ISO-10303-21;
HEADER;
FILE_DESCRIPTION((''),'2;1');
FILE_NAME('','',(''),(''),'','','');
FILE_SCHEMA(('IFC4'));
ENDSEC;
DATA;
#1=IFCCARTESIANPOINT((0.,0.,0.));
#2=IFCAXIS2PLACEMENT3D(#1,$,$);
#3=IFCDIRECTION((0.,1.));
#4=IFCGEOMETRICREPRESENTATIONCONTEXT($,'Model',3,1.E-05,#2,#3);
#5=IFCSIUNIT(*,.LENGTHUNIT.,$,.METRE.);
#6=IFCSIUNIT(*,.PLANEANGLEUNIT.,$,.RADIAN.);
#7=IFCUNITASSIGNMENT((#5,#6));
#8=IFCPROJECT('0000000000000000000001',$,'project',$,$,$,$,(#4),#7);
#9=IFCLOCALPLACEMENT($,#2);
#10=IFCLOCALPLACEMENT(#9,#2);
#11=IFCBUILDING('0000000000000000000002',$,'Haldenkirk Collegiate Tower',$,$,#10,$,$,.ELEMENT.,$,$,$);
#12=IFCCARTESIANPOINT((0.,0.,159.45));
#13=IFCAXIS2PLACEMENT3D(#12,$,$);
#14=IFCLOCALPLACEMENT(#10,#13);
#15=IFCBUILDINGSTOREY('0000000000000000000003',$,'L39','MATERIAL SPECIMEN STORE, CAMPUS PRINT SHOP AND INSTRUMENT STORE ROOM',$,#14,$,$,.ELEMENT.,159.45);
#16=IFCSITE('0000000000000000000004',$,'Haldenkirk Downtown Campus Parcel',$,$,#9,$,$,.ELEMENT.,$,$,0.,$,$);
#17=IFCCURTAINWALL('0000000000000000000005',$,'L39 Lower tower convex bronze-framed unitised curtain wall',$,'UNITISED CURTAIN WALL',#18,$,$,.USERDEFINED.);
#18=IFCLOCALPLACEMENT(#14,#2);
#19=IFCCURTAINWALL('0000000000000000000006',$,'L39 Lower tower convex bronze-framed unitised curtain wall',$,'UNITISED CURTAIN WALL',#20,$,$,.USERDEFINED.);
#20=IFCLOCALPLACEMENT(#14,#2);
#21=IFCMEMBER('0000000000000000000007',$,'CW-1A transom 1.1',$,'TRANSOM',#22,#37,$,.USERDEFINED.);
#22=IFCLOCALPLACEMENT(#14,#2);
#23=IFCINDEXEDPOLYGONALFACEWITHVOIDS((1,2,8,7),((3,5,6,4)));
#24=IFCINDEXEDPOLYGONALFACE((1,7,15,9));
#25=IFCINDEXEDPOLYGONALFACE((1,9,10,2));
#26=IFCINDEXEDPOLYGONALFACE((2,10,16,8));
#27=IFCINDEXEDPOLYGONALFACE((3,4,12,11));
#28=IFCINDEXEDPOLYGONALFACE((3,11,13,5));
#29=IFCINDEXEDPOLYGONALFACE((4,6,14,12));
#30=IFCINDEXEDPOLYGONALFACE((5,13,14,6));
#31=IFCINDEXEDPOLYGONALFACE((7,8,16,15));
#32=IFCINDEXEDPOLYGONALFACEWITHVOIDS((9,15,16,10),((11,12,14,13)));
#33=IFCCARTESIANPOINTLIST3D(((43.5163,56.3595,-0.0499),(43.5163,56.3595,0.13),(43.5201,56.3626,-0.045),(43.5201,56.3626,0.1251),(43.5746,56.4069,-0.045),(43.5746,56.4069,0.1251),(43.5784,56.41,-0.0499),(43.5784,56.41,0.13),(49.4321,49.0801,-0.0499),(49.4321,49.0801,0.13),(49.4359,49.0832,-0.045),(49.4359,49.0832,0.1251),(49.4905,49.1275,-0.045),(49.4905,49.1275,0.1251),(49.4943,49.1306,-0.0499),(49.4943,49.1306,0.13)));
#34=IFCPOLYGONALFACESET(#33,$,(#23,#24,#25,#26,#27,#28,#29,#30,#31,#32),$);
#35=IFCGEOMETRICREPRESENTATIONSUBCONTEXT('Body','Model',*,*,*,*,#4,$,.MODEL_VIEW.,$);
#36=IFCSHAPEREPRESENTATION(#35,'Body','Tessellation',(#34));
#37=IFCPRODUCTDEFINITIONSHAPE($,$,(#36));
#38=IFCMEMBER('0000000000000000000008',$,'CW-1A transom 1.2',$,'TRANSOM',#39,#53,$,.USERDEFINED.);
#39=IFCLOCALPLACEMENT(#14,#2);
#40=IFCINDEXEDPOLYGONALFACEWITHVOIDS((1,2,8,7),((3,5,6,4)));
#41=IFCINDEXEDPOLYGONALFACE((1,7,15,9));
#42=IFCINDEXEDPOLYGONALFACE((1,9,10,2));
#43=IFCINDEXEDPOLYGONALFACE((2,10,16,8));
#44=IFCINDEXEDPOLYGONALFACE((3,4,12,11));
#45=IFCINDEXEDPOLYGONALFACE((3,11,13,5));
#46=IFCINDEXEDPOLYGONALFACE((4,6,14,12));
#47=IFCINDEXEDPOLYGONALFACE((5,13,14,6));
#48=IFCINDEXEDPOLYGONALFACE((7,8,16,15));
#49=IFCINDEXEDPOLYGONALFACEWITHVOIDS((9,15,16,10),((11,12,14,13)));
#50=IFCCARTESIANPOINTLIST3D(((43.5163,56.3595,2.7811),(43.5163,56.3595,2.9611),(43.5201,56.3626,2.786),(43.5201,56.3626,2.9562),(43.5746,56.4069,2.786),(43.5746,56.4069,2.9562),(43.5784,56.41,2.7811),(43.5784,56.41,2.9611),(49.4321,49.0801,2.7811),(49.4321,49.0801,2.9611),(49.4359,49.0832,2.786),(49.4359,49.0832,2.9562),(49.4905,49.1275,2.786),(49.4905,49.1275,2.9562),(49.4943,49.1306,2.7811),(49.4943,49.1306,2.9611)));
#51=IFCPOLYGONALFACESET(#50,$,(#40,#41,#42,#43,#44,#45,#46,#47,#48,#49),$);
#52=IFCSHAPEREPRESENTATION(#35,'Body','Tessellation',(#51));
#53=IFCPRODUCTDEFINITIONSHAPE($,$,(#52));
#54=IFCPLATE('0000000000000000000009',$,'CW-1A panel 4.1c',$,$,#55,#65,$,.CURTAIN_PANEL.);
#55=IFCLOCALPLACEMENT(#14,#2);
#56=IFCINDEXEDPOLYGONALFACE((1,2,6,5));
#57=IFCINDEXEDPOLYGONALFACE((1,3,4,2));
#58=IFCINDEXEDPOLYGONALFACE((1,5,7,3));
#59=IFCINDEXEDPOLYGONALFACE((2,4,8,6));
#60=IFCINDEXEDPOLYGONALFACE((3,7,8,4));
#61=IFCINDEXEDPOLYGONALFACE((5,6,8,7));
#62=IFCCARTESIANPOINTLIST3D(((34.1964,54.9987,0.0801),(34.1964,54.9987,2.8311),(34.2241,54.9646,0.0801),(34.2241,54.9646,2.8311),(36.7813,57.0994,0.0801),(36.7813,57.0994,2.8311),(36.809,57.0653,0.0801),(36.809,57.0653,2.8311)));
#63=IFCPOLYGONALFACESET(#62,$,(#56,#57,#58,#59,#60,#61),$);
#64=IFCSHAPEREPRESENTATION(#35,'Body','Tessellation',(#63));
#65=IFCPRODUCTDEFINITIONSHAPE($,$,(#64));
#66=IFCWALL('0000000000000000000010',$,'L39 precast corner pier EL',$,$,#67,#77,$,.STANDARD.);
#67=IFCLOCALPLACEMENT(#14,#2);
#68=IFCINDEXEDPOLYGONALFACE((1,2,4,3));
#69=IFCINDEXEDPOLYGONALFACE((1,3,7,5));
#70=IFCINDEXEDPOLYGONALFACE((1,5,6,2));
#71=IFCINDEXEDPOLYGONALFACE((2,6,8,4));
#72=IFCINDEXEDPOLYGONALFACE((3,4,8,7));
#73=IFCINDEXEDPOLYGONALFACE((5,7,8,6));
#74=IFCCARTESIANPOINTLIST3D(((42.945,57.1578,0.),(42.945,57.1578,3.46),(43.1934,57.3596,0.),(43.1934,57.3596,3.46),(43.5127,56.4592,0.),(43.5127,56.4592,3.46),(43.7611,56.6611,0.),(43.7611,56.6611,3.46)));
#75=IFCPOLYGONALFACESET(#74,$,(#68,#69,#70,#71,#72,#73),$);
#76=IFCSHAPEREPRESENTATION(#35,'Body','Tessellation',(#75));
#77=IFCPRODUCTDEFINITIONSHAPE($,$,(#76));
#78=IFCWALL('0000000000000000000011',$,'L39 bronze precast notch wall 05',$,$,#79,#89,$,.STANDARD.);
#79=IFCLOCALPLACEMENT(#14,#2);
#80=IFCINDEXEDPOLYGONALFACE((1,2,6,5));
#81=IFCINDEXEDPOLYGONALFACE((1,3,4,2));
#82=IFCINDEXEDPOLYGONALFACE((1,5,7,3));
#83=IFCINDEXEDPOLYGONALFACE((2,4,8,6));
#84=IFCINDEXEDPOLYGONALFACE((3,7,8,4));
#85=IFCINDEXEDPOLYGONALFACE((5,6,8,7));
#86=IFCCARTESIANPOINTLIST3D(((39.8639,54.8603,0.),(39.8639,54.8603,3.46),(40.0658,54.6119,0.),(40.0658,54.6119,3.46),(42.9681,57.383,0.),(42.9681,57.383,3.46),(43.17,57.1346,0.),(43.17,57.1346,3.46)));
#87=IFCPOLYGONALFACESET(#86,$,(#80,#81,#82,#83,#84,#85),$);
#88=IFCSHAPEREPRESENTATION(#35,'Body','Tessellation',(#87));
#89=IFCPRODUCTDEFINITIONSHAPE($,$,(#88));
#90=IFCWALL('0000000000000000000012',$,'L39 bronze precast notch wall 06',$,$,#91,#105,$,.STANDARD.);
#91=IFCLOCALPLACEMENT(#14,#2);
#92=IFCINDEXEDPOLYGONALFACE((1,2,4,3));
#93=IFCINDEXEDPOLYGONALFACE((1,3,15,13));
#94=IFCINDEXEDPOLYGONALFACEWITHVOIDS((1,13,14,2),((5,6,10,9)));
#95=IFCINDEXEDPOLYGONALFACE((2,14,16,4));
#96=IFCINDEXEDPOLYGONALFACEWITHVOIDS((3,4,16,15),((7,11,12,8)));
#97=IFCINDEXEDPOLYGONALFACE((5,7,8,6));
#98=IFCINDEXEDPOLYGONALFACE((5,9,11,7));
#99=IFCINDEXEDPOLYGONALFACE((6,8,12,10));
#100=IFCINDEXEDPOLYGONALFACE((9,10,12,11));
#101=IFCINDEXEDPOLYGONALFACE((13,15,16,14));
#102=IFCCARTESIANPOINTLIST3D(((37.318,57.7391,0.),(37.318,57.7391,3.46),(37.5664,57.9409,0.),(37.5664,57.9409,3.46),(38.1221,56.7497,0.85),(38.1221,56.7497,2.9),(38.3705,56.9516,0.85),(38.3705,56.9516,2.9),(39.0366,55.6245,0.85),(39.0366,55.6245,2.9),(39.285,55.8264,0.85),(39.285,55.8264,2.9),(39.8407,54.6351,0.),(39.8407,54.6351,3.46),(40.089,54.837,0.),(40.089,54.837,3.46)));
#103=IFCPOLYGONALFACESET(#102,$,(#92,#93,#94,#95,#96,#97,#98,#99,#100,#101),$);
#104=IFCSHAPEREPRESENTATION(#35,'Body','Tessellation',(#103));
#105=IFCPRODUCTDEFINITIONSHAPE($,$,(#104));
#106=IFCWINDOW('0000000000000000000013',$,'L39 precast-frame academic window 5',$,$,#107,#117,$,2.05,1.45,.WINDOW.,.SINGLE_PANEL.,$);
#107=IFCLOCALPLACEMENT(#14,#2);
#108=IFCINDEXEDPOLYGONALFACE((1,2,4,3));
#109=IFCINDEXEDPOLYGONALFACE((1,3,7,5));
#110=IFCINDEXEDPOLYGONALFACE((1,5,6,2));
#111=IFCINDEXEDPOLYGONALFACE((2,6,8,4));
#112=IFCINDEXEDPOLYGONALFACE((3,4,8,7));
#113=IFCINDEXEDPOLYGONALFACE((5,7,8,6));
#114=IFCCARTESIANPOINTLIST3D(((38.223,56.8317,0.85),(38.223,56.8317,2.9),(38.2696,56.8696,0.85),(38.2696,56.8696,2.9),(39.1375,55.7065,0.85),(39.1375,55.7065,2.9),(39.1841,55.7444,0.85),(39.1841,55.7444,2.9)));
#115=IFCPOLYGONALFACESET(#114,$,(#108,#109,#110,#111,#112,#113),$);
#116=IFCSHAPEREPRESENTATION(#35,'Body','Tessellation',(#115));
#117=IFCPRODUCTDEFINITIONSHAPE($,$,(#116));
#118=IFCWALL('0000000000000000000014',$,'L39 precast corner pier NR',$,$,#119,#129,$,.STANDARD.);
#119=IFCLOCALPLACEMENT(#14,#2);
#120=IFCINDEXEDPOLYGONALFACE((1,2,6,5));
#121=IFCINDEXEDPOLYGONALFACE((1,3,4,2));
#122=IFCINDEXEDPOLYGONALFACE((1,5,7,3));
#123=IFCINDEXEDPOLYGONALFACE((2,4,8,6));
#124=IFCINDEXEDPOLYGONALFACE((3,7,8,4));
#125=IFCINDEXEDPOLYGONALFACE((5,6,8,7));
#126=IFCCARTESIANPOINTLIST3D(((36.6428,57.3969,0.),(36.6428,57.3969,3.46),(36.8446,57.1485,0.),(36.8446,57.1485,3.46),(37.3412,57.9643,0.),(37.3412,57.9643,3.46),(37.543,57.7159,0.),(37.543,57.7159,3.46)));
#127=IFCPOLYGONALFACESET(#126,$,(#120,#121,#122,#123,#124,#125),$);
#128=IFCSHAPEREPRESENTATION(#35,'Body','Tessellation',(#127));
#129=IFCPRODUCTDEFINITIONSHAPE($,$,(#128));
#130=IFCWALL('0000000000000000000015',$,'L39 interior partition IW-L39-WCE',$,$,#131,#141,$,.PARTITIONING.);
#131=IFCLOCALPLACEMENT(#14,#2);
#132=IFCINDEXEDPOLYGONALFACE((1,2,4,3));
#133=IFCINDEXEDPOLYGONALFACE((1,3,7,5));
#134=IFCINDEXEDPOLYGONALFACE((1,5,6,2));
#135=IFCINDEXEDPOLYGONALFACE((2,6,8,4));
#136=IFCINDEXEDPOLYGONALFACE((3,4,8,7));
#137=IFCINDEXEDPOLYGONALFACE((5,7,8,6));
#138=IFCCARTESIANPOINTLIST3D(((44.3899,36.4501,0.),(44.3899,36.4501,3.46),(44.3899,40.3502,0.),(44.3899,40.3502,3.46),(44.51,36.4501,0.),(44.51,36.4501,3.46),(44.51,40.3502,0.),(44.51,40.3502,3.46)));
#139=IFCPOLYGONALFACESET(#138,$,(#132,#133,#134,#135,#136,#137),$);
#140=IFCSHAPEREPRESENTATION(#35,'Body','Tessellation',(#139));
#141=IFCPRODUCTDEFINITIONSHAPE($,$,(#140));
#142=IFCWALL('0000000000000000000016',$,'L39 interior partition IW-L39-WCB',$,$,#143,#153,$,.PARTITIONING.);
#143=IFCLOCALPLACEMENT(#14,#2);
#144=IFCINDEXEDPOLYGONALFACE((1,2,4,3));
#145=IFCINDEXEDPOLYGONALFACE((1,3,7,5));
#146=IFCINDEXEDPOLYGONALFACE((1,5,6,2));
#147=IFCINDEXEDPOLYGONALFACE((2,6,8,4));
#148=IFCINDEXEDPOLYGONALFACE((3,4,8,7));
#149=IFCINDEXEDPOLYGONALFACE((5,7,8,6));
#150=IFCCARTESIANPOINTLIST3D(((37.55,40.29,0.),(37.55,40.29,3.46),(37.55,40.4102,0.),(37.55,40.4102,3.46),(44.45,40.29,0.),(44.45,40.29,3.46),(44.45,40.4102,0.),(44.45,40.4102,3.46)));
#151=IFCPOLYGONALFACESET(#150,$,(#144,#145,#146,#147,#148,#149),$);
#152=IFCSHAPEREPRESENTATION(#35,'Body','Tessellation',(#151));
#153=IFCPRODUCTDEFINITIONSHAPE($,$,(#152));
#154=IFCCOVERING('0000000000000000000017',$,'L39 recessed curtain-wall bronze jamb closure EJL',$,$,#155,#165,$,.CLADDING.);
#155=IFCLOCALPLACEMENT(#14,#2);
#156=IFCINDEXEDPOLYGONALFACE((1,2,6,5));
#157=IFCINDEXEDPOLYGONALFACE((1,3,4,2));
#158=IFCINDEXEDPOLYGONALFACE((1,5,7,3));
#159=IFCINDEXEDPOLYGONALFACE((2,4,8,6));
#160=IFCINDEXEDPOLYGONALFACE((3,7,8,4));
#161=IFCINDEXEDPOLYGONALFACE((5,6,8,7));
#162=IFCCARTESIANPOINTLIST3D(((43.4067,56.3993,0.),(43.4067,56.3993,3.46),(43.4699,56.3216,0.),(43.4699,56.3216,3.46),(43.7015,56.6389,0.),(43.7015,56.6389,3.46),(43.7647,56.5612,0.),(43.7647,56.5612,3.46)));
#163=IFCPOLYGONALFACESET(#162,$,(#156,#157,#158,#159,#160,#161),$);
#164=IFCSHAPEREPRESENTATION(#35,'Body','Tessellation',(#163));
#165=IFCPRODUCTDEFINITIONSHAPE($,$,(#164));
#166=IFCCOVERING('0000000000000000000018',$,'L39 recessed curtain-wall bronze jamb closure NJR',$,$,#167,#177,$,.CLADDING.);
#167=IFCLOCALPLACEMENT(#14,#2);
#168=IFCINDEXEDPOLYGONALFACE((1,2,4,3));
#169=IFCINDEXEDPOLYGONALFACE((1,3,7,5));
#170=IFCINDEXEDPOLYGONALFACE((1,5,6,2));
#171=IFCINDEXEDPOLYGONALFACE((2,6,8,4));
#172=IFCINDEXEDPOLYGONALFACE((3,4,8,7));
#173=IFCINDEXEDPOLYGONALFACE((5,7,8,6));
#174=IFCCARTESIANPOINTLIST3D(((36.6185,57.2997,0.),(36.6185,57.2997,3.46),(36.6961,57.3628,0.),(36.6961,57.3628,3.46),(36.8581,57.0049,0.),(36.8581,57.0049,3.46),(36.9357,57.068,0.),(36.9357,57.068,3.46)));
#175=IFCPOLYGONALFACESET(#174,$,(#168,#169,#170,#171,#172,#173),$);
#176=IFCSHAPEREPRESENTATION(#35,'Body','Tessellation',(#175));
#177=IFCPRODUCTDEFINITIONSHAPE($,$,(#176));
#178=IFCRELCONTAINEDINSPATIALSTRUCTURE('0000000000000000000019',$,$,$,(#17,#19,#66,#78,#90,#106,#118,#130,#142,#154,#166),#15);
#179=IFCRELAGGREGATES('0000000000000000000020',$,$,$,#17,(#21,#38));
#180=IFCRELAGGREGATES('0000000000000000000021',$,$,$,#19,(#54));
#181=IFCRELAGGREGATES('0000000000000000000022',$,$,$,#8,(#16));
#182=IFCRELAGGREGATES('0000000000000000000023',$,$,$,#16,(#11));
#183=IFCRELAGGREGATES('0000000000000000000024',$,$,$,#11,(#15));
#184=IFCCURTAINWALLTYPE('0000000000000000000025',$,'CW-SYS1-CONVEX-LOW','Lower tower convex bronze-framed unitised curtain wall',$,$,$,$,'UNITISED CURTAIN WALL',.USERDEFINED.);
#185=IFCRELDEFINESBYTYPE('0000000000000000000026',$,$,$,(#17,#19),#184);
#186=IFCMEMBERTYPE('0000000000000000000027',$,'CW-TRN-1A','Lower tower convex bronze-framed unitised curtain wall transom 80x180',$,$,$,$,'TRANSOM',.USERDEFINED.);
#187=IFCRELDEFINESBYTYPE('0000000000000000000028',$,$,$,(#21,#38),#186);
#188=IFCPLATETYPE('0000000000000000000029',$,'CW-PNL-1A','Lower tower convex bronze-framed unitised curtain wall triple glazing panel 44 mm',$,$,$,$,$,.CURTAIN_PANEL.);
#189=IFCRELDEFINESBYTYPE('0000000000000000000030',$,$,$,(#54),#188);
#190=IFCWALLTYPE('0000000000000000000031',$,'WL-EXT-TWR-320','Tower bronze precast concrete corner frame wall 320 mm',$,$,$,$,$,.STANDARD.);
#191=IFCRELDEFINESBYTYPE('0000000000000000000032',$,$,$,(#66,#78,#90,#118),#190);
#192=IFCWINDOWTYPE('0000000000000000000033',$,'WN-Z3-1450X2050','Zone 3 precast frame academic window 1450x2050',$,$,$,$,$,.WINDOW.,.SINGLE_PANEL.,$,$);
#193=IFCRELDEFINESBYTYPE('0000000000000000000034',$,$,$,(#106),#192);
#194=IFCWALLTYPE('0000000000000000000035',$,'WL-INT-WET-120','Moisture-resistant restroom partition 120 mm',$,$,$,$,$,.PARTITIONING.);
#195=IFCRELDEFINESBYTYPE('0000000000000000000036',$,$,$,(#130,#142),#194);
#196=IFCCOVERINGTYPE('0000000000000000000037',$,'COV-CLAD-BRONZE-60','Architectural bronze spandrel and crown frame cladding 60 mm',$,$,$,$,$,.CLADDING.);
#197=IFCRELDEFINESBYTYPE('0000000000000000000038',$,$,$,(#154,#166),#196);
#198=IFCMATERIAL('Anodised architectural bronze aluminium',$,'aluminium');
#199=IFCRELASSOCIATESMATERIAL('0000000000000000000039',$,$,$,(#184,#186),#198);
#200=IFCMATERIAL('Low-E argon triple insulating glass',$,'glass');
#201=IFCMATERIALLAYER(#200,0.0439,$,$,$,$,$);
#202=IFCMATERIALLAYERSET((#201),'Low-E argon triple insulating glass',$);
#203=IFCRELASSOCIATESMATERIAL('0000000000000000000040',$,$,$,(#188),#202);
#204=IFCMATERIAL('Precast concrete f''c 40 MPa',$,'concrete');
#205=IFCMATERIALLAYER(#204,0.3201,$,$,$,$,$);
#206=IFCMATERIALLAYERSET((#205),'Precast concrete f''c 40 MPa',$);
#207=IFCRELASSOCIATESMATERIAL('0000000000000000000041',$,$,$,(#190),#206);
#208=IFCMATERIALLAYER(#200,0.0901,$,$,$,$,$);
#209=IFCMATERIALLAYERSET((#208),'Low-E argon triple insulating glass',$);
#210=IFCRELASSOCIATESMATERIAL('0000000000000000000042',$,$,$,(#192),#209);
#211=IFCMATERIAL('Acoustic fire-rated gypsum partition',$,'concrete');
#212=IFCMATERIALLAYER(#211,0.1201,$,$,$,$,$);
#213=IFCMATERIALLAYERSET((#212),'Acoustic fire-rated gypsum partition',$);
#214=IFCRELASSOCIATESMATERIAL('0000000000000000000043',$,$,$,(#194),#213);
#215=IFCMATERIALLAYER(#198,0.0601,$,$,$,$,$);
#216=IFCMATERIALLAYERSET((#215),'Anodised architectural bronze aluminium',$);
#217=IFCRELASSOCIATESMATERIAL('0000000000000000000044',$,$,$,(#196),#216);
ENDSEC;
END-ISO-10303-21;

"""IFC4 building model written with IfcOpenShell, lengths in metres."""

from ifc_helpers import new_model, si_unit, direction, frame, frame_2d, origin, origin_2d, place, context, subcontext, project, spatial, rectangle, hollow_rectangle, extrude, source, transform, mapped, material, layer, layer_set, material_profile, profile_set, type_object, element, fill, aggregate, save


model = new_model("IFC4")

# Units and contexts
model_context = context("Model", 3, precision=1e-05, world=origin(), true_north=direction((0.0, 1.0)))
body_context = subcontext(model_context, "Body", "Model", "MODEL_VIEW")
ifc_project = project(units=[si_unit("LENGTHUNIT", "METRE"), si_unit("PLANEANGLEUNIT", "RADIAN")], contexts=[model_context])

# Site, building, storey
site_placement = place(None, origin())
site = spatial("IfcSite", under=ifc_project, at=site_placement, Name="Haldenkirk Downtown Campus Parcel", CompositionType="ELEMENT", RefElevation=0.0)
building_placement = place(site_placement, origin())
building = spatial("IfcBuilding", under=site, at=building_placement, Name="Haldenkirk Collegiate Tower", CompositionType="ELEMENT")
storey_placement = place(building_placement, frame((0.0, 0.0, 159.45)))
storey = spatial("IfcBuildingStorey", under=building, at=storey_placement, Name="L39", Description="MATERIAL SPECIMEN STORE, CAMPUS PRINT SHOP AND INSTRUMENT STORE ROOM", CompositionType="ELEMENT", Elevation=159.45)

# Curtain walls
ifc_material_1 = material(Name="Anodised architectural bronze aluminium", Category="aluminium")
curtain_wall_type = type_object("IfcCurtainWallType", Name="CW-SYS1-CONVEX-LOW", Description="Lower tower convex bronze-framed unitised curtain wall", ElementType="UNITISED CURTAIN WALL", PredefinedType="USERDEFINED", material=ifc_material_1)
curtain_wall_1_placement = place(storey_placement, origin())
curtain_wall_1 = element("IfcCurtainWall", 1, at=curtain_wall_1_placement, inside=storey, type_object=curtain_wall_type, Name="L39 Lower tower convex bronze-framed unitised curtain wall", ObjectType="UNITISED CURTAIN WALL", PredefinedType="USERDEFINED")
curtain_wall_2_placement = place(storey_placement, origin())
curtain_wall_2 = element("IfcCurtainWall", 2, at=curtain_wall_2_placement, inside=storey, type_object=curtain_wall_type, Name="L39 Lower tower convex bronze-framed unitised curtain wall", ObjectType="UNITISED CURTAIN WALL", PredefinedType="USERDEFINED")

# Members
ifc_material_profile_1 = material_profile(ifc_material_1, hollow_rectangle(XDim=0.0801, YDim=0.1799, WallThickness=0.0049, at=origin_2d()), Name="CW-TRN-1A")
ifc_profile_set_1 = profile_set([ifc_material_profile_1], Name="Anodised architectural bronze aluminium")
member_type_1 = type_object("IfcMemberType", Name="CW-TRN-1A", Description="Lower tower convex bronze-framed unitised curtain wall transom 80x180", ElementType="TRANSOM", PredefinedType="USERDEFINED", material=ifc_profile_set_1)
member_1_placement = place(storey_placement, frame((43.5474, 56.3848, 0.04), z_axis=(0.630679, -0.776044, 0.0), x_axis=(0.776044, 0.630679, 0.0)))
member_1 = element("IfcMember", 3, at=member_1_placement, type_object=member_type_1, Name="CW-1A transom 1.1", ObjectType="TRANSOM", PredefinedType="USERDEFINED", context=body_context, shape_type="SweptSolid", body=[
    extrude(hollow_rectangle(XDim=0.0801, YDim=0.1799, WallThickness=0.0049, at=origin_2d()), origin(), (0.0, 0.0, 1.0), 9.3801),
])
member_2_placement = place(storey_placement, frame((43.5474, 56.3848, 2.8711), z_axis=(0.630679, -0.776044, 0.0), x_axis=(0.776044, 0.630679, 0.0)))
member_2 = element("IfcMember", 4, at=member_2_placement, type_object=member_type_1, Name="CW-1A transom 1.2", ObjectType="TRANSOM", PredefinedType="USERDEFINED", context=body_context, shape_type="SweptSolid", body=[
    extrude(hollow_rectangle(XDim=0.0801, YDim=0.1799, WallThickness=0.0049, at=origin_2d()), origin(), (0.0, 0.0, 1.0), 9.3801),
])
aggregate(curtain_wall_1, [member_1, member_2])

# Plate
ifc_material_2 = material(Name="Low-E argon triple insulating glass", Category="glass")
ifc_layer_1 = layer(ifc_material_2, 0.0439)
ifc_layer_set_1 = layer_set([ifc_layer_1], Name="Low-E argon triple insulating glass")
plate_type = type_object("IfcPlateType", Name="CW-PNL-1A", Description="Lower tower convex bronze-framed unitised curtain wall triple glazing panel 44 mm", PredefinedType="CURTAIN_PANEL", material=ifc_layer_set_1)
shared_shape_1 = source(origin(), body_context, "Body", "SweptSolid", [
    extrude(rectangle(XDim=3.3308, YDim=0.0439, at=origin_2d()), origin(), (0.0, 0.0, 1.0), 2.751),
])
plate_placement = place(storey_placement, frame((35.5027, 56.032, 0.0801), z_axis=(0.0, 0.0, 1.0), x_axis=(0.776048, 0.630674, 0.0)))
plate = element("IfcPlate", 5, at=plate_placement, type_object=plate_type, Name="CW-1A panel 4.1c", PredefinedType="CURTAIN_PANEL", context=body_context, shape_type="MappedRepresentation", body=[
    mapped(shared_shape_1, transform((0.0, 0.0, 0.0), x_axis=(1.0, 0.0, 0.0), y_axis=(0.0, 1.0, 0.0), z_axis=(0.0, 0.0, 1.0), scale=1.0)),
])
aggregate(curtain_wall_2, [plate])

# Walls
ifc_material_3 = material(Name="Precast concrete f'c 40 MPa", Category="concrete")
ifc_layer_2 = layer(ifc_material_3, 0.3201)
ifc_layer_set_2 = layer_set([ifc_layer_2], Name="Precast concrete f'c 40 MPa")
wall_type_1 = type_object("IfcWallType", Name="WL-EXT-TWR-320", Description="Tower bronze precast concrete corner frame wall 320 mm", PredefinedType="STANDARD", material=ifc_layer_set_2)
wall_1_placement = place(storey_placement, frame((43.0691, 57.2588, 0.0), z_axis=(0.0, 0.0, 1.0), x_axis=(0.630664, -0.776056, 0.0)))
element("IfcWall", 6, at=wall_1_placement, inside=storey, type_object=wall_type_1, Name="L39 precast corner pier EL", PredefinedType="STANDARD", context=body_context, shape_type="SweptSolid", body=[
    extrude(rectangle(XDim=0.9001, YDim=0.3201, at=frame_2d((0.4502, 0.0))), origin(), (0.0, 0.0, 1.0), 3.46),
])
wall_2_placement = place(storey_placement, frame((39.9648, 54.7361, 0.0), z_axis=(0.0, 0.0, 1.0), x_axis=(0.776052, 0.630668, 0.0)))
element("IfcWall", 7, at=wall_2_placement, inside=storey, type_object=wall_type_1, Name="L39 bronze precast notch wall 05", PredefinedType="STANDARD", context=body_context, shape_type="SweptSolid", body=[
    extrude(rectangle(XDim=4.0, YDim=0.3201, at=frame_2d((2.0, 0.0))), origin(), (0.0, 0.0, 1.0), 3.46),
])

# Wall, opening, window
wall_3_placement = place(storey_placement, frame((37.4421, 57.8401, 0.0), z_axis=(0.0, 0.0, 1.0), x_axis=(0.630698, -0.776028, 0.0)))
wall_3 = element("IfcWall", 8, at=wall_3_placement, inside=storey, type_object=wall_type_1, Name="L39 bronze precast notch wall 06", PredefinedType="STANDARD", context=body_context, shape_type="SweptSolid", body=[
    extrude(rectangle(XDim=3.9998, YDim=0.3201, at=frame_2d((2.0, 0.0))), origin(), (0.0, 0.0, 1.0), 3.46),
])
opening_placement = place(wall_3_placement, frame((1.2749, 0.0, 0.8501)))
opening = element("IfcOpeningElement", 9, at=opening_placement, cuts=wall_3, PredefinedType="OPENING", context=body_context, shape_type="SweptSolid", body=[
    extrude(rectangle(XDim=1.45, YDim=2.05, at=frame_2d((0.7251, 1.0249))), frame((0.0, 0.1699, 0.0), z_axis=(0.0, -1.0, 0.0), x_axis=(1.0, 0.0, 0.0)), (0.0, 0.0, 1.0), 0.3401),
])
ifc_layer_3 = layer(ifc_material_2, 0.0901)
ifc_layer_set_3 = layer_set([ifc_layer_3], Name="Low-E argon triple insulating glass")
window_type = type_object("IfcWindowType", Name="WN-Z3-1450X2050", Description="Zone 3 precast frame academic window 1450x2050", PartitioningType="SINGLE_PANEL", PredefinedType="WINDOW", material=ifc_layer_set_3)
window_placement = place(opening_placement, origin())
window = element("IfcWindow", 10, at=window_placement, inside=storey, type_object=window_type, Name="L39 precast-frame academic window 5", OverallHeight=2.05, OverallWidth=1.45, PartitioningType="SINGLE_PANEL", PredefinedType="WINDOW", context=body_context, shape_type="SweptSolid", body=[
    extrude(rectangle(XDim=1.45, YDim=2.05, at=frame_2d((0.7251, 1.0249))), frame((0.0, 0.03, 0.0), z_axis=(0.0, -1.0, 0.0), x_axis=(1.0, 0.0, 0.0)), (0.0, 0.0, 1.0), 0.0601),
])
fill(opening, window)

# Walls
wall_4_placement = place(storey_placement, frame((36.7437, 57.2727, 0.0), z_axis=(0.0, 0.0, 1.0), x_axis=(0.776189, 0.630501, 0.0)))
element("IfcWall", 11, at=wall_4_placement, inside=storey, type_object=wall_type_1, Name="L39 precast corner pier NR", PredefinedType="STANDARD", context=body_context, shape_type="SweptSolid", body=[
    extrude(rectangle(XDim=0.8999, YDim=0.3201, at=frame_2d((0.45, 0.0))), origin(), (0.0, 0.0, 1.0), 3.46),
])
ifc_material_4 = material(Name="Acoustic fire-rated gypsum partition", Category="concrete")
ifc_layer_4 = layer(ifc_material_4, 0.1201)
ifc_layer_set_4 = layer_set([ifc_layer_4], Name="Acoustic fire-rated gypsum partition")
wall_type_2 = type_object("IfcWallType", Name="WL-INT-WET-120", Description="Moisture-resistant restroom partition 120 mm", PredefinedType="PARTITIONING", material=ifc_layer_set_4)
wall_5_placement = place(storey_placement, frame((44.45, 36.45, 0.0), z_axis=(0.0, 0.0, 1.0), x_axis=(0.0, 1.0, 0.0)))
element("IfcWall", 12, at=wall_5_placement, inside=storey, type_object=wall_type_2, Name="L39 interior partition IW-L39-WCE", PredefinedType="PARTITIONING", context=body_context, shape_type="SweptSolid", body=[
    extrude(rectangle(XDim=3.9001, YDim=0.1201, at=frame_2d((1.9502, 0.0))), origin(), (0.0, 0.0, 1.0), 3.46),
])
wall_6_placement = place(storey_placement, frame((37.55, 40.3501, 0.0), z_axis=(0.0, 0.0, 1.0), x_axis=(1.0, 0.0, 0.0)))
element("IfcWall", 13, at=wall_6_placement, inside=storey, type_object=wall_type_2, Name="L39 interior partition IW-L39-WCB", PredefinedType="PARTITIONING", context=body_context, shape_type="SweptSolid", body=[
    extrude(rectangle(XDim=6.8999, YDim=0.1201, at=frame_2d((3.45, 0.0))), origin(), (0.0, 0.0, 1.0), 3.46),
])

# Coverings
ifc_layer_5 = layer(ifc_material_1, 0.0601)
ifc_layer_set_5 = layer_set([ifc_layer_5], Name="Anodised architectural bronze aluminium")
covering_type = type_object("IfcCoveringType", Name="COV-CLAD-BRONZE-60", Description="Architectural bronze spandrel and crown frame cladding 60 mm", PredefinedType="CLADDING", material=ifc_layer_set_5)
shared_shape_2 = source(origin(), body_context, "Body", "SweptSolid", [
    extrude(rectangle(XDim=0.1001, YDim=0.3799, at=origin_2d()), origin(), (0.0, 0.0, 1.0), 3.46),
])
for number, where, z_axis, x_axis, name in (
    (14, (43.5857, 56.4802, 0.0), (0.0, 0.0, 1.0), (0.630676, -0.776046, 0.0), "L39 recessed curtain-wall bronze jamb closure EJL"),
    (15, (36.7771, 57.1838, 0.0), (0.0, 0.0, 1.0), (0.776046, 0.630676, 0.0), "L39 recessed curtain-wall bronze jamb closure NJR"),
):
    element("IfcCovering", number, at=place(storey_placement, frame(where, z_axis=z_axis, x_axis=x_axis)), inside=storey, type_object=covering_type, Name=name, PredefinedType="CLADDING", context=body_context, shape_type="MappedRepresentation", body=[
        mapped(shared_shape_2, transform((0.0, 0.0, 0.0), x_axis=(1.0, 0.0, 0.0), y_axis=(0.0, 1.0, 0.0), z_axis=(0.0, 0.0, 1.0), scale=1.0)),
    ])

save(model, "model.ifc")
